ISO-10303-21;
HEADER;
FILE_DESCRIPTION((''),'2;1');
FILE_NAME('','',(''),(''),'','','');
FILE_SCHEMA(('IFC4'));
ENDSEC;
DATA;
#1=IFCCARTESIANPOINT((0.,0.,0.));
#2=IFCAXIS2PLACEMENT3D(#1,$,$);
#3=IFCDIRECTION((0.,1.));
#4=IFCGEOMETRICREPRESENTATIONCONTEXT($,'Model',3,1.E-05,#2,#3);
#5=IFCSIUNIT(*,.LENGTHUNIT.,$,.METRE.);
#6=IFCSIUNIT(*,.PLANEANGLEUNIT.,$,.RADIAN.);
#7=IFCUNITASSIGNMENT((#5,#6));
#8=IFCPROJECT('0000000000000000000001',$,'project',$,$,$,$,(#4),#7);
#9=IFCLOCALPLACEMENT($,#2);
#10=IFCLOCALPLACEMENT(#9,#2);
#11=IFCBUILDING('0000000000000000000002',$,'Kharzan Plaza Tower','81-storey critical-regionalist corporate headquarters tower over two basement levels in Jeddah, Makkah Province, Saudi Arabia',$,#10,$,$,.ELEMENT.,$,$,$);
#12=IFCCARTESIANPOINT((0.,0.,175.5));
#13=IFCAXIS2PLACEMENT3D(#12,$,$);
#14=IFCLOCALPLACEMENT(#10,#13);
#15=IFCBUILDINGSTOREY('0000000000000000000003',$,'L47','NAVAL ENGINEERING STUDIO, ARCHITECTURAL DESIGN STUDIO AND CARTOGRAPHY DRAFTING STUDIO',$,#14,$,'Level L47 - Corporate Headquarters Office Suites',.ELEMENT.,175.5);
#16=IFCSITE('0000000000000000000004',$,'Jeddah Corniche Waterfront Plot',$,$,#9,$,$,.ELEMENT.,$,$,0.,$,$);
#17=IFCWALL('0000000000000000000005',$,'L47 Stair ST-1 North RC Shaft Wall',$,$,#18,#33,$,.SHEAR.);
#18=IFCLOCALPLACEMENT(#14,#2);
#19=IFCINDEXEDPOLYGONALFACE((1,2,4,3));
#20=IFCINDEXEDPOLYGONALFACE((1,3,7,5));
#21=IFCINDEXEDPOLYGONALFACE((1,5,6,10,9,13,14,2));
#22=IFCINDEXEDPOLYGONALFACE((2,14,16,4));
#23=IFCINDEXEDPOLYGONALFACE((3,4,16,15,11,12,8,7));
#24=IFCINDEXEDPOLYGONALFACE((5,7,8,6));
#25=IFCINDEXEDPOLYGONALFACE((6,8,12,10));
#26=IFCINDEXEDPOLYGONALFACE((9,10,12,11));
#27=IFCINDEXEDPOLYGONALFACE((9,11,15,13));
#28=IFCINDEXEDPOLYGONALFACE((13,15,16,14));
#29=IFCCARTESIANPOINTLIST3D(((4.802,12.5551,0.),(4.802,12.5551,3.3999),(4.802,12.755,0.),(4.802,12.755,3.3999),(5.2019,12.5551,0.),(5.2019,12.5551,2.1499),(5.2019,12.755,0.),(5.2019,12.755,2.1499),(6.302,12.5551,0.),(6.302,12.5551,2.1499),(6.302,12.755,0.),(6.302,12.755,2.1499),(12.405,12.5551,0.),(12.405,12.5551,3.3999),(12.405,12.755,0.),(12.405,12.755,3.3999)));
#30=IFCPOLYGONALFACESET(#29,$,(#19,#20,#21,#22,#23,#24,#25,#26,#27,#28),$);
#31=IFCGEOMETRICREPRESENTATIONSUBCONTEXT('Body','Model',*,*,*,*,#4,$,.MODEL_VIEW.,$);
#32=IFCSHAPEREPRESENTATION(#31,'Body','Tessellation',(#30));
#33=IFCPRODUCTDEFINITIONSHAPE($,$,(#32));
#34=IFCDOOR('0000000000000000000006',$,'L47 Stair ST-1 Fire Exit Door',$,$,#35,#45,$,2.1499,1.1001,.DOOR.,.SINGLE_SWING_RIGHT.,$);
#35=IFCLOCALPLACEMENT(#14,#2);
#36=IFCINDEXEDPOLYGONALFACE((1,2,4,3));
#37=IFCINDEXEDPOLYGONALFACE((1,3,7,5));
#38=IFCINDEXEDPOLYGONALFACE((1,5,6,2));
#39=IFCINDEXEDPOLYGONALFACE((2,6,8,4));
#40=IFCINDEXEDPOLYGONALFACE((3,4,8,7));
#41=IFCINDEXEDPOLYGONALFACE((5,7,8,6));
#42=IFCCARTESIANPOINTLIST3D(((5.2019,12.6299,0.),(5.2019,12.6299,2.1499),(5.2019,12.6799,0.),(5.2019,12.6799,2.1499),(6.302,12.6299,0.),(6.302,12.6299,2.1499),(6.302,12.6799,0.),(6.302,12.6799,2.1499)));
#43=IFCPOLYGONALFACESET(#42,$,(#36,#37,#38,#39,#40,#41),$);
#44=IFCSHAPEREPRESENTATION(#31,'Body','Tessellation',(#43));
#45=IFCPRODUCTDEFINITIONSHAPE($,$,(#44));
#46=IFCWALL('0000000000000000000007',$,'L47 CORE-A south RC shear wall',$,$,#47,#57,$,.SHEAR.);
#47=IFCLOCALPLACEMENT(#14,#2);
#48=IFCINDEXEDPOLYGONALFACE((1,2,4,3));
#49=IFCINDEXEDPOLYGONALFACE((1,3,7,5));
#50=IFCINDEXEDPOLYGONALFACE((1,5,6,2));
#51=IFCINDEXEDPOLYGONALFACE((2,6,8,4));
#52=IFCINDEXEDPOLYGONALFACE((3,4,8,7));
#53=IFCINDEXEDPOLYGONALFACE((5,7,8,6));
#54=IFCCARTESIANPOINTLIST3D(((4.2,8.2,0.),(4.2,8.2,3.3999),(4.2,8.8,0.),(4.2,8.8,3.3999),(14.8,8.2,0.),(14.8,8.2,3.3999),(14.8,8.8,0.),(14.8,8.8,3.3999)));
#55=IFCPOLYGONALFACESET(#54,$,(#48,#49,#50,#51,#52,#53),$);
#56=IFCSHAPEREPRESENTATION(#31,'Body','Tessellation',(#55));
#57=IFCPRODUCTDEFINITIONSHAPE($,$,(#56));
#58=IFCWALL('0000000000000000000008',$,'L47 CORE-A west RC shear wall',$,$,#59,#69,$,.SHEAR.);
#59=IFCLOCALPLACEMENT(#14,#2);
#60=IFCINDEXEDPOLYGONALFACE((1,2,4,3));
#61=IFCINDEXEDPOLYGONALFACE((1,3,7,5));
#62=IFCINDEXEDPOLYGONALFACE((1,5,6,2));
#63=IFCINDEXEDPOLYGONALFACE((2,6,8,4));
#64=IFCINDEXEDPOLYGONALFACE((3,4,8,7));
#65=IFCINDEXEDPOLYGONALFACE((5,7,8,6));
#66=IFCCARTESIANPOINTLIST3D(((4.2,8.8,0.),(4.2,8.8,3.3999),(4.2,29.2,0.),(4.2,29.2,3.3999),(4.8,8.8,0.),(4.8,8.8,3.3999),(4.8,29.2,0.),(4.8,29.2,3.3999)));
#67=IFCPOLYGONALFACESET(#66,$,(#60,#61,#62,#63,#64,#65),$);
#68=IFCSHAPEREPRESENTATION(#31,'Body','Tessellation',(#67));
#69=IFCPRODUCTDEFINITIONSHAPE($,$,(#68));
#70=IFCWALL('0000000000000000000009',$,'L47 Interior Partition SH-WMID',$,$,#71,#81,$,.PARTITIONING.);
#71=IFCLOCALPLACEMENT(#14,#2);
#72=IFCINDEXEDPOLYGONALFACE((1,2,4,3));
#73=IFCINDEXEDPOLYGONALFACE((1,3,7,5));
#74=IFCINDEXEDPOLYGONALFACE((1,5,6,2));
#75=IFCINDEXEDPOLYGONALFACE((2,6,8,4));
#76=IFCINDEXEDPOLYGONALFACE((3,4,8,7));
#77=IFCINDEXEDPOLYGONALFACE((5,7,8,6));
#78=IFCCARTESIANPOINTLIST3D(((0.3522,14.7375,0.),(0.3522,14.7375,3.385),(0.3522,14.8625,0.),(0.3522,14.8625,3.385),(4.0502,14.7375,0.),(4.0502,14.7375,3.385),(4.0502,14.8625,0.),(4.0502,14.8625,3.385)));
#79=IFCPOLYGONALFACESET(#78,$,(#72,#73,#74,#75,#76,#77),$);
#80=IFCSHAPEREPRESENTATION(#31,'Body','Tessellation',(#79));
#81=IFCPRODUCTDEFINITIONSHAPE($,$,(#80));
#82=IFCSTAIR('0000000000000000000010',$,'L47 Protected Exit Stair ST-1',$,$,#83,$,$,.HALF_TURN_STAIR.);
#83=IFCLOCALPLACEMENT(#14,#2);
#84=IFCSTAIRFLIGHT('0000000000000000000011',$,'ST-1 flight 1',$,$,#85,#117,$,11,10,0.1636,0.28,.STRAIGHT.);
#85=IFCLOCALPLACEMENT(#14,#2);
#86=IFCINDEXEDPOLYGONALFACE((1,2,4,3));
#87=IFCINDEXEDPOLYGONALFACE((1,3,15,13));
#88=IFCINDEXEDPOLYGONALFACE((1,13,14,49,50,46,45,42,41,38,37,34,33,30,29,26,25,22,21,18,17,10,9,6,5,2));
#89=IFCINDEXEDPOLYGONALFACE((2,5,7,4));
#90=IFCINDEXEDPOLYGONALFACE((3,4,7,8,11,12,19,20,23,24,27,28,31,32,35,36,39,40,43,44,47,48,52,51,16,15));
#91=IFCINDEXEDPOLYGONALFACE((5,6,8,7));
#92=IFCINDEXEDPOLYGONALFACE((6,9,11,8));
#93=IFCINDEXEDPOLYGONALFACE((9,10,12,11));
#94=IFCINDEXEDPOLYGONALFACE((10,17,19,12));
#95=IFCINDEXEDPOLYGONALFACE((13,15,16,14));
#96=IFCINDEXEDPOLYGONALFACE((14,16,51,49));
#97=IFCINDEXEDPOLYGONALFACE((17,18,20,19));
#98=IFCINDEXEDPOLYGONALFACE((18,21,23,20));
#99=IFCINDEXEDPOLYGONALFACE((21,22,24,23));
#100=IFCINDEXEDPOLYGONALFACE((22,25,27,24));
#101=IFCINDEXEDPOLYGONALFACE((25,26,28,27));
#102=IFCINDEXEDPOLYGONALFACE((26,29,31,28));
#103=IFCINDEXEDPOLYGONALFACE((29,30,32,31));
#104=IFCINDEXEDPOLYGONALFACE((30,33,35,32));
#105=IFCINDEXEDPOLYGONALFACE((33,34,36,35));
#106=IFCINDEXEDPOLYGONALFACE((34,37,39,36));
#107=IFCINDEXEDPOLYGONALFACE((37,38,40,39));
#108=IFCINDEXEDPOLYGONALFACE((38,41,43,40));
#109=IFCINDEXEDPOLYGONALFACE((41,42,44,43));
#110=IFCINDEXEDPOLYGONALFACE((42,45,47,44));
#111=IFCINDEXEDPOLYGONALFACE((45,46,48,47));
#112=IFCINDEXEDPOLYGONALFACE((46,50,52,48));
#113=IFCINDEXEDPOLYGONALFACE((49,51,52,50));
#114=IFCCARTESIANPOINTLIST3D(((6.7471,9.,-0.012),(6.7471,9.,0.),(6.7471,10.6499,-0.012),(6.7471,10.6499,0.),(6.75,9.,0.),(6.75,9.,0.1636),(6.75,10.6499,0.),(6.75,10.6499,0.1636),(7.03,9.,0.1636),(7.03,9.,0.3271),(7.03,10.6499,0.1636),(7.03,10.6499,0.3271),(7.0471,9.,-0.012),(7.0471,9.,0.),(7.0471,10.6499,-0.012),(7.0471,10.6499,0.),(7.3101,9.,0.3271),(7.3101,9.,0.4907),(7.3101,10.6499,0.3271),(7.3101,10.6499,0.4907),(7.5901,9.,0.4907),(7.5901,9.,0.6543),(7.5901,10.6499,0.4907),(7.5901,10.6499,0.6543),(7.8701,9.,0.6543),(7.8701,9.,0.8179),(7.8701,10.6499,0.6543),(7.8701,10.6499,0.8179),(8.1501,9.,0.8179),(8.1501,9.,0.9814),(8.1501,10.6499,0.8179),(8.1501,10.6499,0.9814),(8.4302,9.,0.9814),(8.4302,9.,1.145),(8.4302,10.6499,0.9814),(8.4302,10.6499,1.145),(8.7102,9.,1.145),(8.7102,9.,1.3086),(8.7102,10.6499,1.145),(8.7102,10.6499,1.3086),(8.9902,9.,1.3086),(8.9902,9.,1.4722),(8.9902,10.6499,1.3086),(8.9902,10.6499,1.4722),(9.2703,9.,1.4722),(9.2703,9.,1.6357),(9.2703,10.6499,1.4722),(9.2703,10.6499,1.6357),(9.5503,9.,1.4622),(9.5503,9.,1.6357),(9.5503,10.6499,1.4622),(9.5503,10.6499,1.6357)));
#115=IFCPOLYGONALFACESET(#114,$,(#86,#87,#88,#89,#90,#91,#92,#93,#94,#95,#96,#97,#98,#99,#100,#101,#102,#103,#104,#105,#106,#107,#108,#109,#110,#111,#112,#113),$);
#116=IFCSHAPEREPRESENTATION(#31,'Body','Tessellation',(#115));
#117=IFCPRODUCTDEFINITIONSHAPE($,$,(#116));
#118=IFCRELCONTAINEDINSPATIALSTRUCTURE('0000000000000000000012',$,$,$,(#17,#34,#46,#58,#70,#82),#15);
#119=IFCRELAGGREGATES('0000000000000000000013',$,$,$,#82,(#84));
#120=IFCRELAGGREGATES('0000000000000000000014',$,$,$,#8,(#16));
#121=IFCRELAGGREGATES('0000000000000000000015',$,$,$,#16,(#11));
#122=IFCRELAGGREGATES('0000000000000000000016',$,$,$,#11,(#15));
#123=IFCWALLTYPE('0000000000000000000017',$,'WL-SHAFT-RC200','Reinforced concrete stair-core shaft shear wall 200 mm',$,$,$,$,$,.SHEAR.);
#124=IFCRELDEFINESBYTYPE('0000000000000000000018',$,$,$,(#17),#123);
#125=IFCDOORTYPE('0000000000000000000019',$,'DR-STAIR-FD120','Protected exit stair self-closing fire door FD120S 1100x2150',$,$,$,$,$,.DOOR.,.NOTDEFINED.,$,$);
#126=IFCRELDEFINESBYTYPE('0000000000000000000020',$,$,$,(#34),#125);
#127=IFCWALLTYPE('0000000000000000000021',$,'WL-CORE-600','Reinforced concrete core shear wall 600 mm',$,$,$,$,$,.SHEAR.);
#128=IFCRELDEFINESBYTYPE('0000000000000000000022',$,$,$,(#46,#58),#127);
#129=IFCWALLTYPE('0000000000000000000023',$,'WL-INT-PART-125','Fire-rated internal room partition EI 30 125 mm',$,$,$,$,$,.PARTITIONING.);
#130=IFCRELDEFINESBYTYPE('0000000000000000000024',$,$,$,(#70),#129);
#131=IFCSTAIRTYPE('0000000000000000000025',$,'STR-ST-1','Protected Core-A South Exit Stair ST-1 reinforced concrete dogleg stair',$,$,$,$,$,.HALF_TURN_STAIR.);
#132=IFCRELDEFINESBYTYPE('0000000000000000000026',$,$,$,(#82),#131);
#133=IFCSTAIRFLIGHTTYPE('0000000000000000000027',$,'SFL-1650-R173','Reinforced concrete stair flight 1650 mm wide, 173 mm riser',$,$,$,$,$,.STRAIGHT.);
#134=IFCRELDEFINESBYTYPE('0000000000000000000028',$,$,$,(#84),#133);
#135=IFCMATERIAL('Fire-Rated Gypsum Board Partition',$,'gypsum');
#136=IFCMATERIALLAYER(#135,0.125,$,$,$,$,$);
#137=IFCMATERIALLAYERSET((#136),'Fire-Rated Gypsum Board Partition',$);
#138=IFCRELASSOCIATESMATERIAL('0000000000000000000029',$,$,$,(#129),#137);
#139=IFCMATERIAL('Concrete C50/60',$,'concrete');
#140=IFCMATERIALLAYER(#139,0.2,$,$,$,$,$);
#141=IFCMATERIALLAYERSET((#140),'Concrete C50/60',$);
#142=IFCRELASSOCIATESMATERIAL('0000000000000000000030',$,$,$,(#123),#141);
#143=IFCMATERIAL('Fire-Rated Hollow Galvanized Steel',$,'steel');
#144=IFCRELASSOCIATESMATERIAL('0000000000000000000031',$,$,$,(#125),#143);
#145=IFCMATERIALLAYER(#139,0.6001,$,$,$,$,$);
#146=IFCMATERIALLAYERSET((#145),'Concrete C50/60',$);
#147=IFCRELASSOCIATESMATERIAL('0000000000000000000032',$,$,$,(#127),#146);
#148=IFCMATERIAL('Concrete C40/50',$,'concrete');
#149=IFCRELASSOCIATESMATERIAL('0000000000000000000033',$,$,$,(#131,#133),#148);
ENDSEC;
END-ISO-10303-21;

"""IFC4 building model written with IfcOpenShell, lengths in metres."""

from ifc_helpers import new_model, si_unit, direction, frame, frame_2d, origin, place, context, subcontext, project, spatial, polyline, rectangle, outline, extrude, source, transform, mapped, material, layer, layer_set, type_object, element, fill, aggregate, save


model = new_model("IFC4")

# Units and contexts
model_context = context("Model", 3, precision=1e-05, world=origin(), true_north=direction((0.0, 1.0)))
body_context = subcontext(model_context, "Body", "Model", "MODEL_VIEW")
ifc_project = project(units=[si_unit("LENGTHUNIT", "METRE"), si_unit("PLANEANGLEUNIT", "RADIAN")], contexts=[model_context])

# Site, building, storey
site_placement = place(None, origin())
site = spatial("IfcSite", under=ifc_project, at=site_placement, Name="Jeddah Corniche Waterfront Plot", CompositionType="ELEMENT", RefElevation=0.0)
building_placement = place(site_placement, origin())
building = spatial("IfcBuilding", under=site, at=building_placement, Name="Kharzan Plaza Tower", Description="81-storey critical-regionalist corporate headquarters tower over two basement levels in Jeddah, Makkah Province, Saudi Arabia", CompositionType="ELEMENT")
storey_placement = place(building_placement, frame((0.0, 0.0, 175.5)))
storey = spatial("IfcBuildingStorey", under=building, at=storey_placement, Name="L47", Description="NAVAL ENGINEERING STUDIO, ARCHITECTURAL DESIGN STUDIO AND CARTOGRAPHY DRAFTING STUDIO", LongName="Level L47 - Corporate Headquarters Office Suites", CompositionType="ELEMENT", Elevation=175.5)

# Shared definitions
ifc_material_1 = material(Name="Concrete C50/60", Category="concrete")

# Shared definitions
ifc_material_2 = material(Name="Concrete C40/50", Category="concrete")

# Wall, opening, door
ifc_material_3 = material(Name="Fire-Rated Gypsum Board Partition", Category="gypsum")
ifc_layer_1 = layer(ifc_material_3, 0.125)
ifc_layer_set_1 = layer_set([ifc_layer_1], Name="Fire-Rated Gypsum Board Partition")
wall_type_1 = type_object("IfcWallType", Name="WL-INT-PART-125", Description="Fire-rated internal room partition EI 30 125 mm", PredefinedType="PARTITIONING", material=ifc_layer_set_1)
ifc_layer_2 = layer(ifc_material_1, 0.2)
ifc_layer_set_2 = layer_set([ifc_layer_2], Name="Concrete C50/60")
wall_type_2 = type_object("IfcWallType", Name="WL-SHAFT-RC200", Description="Reinforced concrete stair-core shaft shear wall 200 mm", PredefinedType="SHEAR", material=ifc_layer_set_2)
wall_1_placement = place(storey_placement, frame((4.802, 12.655, 0.0), z_axis=(0.0, 0.0, 1.0), x_axis=(1.0, 0.0, 0.0)))
wall_1 = element("IfcWall", 1, at=wall_1_placement, inside=storey, type_object=wall_type_2, Name="L47 Stair ST-1 North RC Shaft Wall", PredefinedType="SHEAR", context=body_context, shape_type="SweptSolid", body=[
    extrude(rectangle(XDim=7.603, YDim=0.2, at=frame_2d((3.8015, 0.0))), origin(), (0.0, 0.0, 1.0), 3.3999),
])
opening_1_placement = place(wall_1_placement, frame((0.3999, 0.0, 0.0)))
opening_1 = element("IfcOpeningElement", 2, at=opening_1_placement, cuts=wall_1, PredefinedType="OPENING", context=body_context, shape_type="SweptSolid", body=[
    extrude(rectangle(XDim=1.1001, YDim=2.1499, at=frame_2d((0.55, 1.075))), frame((0.0, 0.1099, 0.0), z_axis=(0.0, -1.0, 0.0), x_axis=(1.0, 0.0, 0.0)), (0.0, 0.0, 1.0), 0.22),
])
ifc_material_4 = material(Name="Fire-Rated Hollow Galvanized Steel", Category="steel")
door_type_1 = type_object("IfcDoorType", Name="DR-STAIR-FD120", Description="Protected exit stair self-closing fire door FD120S 1100x2150", OperationType="NOTDEFINED", PredefinedType="DOOR", material=ifc_material_4)
shared_shape_1 = source(origin(), body_context, "Body", "SweptSolid", [
    extrude(rectangle(XDim=1.1001, YDim=2.1499, at=frame_2d((0.55, 1.075))), frame((0.0, 0.0249, 0.0), z_axis=(0.0, -1.0, 0.0), x_axis=(1.0, 0.0, 0.0)), (0.0, 0.0, 1.0), 0.05),
])
door_1_placement = place(opening_1_placement, origin())
door_1 = element("IfcDoor", 3, at=door_1_placement, inside=storey, type_object=door_type_1, Name="L47 Stair ST-1 Fire Exit Door", OperationType="SINGLE_SWING_RIGHT", OverallHeight=2.1499, OverallWidth=1.1001, PredefinedType="DOOR", context=body_context, shape_type="MappedRepresentation", body=[
    mapped(shared_shape_1, transform((0.0, 0.0, 0.0), x_axis=(1.0, 0.0, 0.0), y_axis=(0.0, 1.0, 0.0), z_axis=(0.0, 0.0, 1.0))),
])
fill(opening_1, door_1)

# Walls
ifc_layer_3 = layer(ifc_material_1, 0.6001)
ifc_layer_set_3 = layer_set([ifc_layer_3], Name="Concrete C50/60")
wall_type_3 = type_object("IfcWallType", Name="WL-CORE-600", Description="Reinforced concrete core shear wall 600 mm", PredefinedType="SHEAR", material=ifc_layer_set_3)
shared_shape_2 = source(origin(), body_context, "Body", "SweptSolid", [
    extrude(rectangle(XDim=10.6001, YDim=0.6001, at=frame_2d((5.3, 0.0))), origin(), (0.0, 0.0, 1.0), 3.3999),
])
wall_2_placement = place(storey_placement, frame((4.2, 8.5, 0.0), z_axis=(0.0, 0.0, 1.0), x_axis=(1.0, 0.0, 0.0)))
element("IfcWall", 4, at=wall_2_placement, inside=storey, type_object=wall_type_3, Name="L47 CORE-A south RC shear wall", PredefinedType="SHEAR", context=body_context, shape_type="MappedRepresentation", body=[
    mapped(shared_shape_2, transform((0.0, 0.0, 0.0), x_axis=(1.0, 0.0, 0.0), y_axis=(0.0, 1.0, 0.0), z_axis=(0.0, 0.0, 1.0))),
])
shared_shape_3 = source(origin(), body_context, "Body", "SweptSolid", [
    extrude(rectangle(XDim=20.3999, YDim=0.6001, at=frame_2d((10.2, 0.0))), origin(), (0.0, 0.0, 1.0), 3.3999),
])
wall_3_placement = place(storey_placement, frame((4.5, 8.8, 0.0), z_axis=(0.0, 0.0, 1.0), x_axis=(0.0, 1.0, 0.0)))
element("IfcWall", 5, at=wall_3_placement, inside=storey, type_object=wall_type_3, Name="L47 CORE-A west RC shear wall", PredefinedType="SHEAR", context=body_context, shape_type="MappedRepresentation", body=[
    mapped(shared_shape_3, transform((0.0, 0.0, 0.0), x_axis=(1.0, 0.0, 0.0), y_axis=(0.0, 1.0, 0.0), z_axis=(0.0, 0.0, 1.0))),
])
shared_shape_4 = source(origin(), body_context, "Body", "SweptSolid", [
    extrude(rectangle(XDim=3.698, YDim=0.125, at=frame_2d((1.8491, 0.0))), origin(), (0.0, 0.0, 1.0), 3.385),
])
wall_4_placement = place(storey_placement, frame((0.3521, 14.8, 0.0), z_axis=(0.0, 0.0, 1.0), x_axis=(1.0, 0.0, 0.0)))
element("IfcWall", 6, at=wall_4_placement, inside=storey, type_object=wall_type_1, Name="L47 Interior Partition SH-WMID", PredefinedType="PARTITIONING", context=body_context, shape_type="MappedRepresentation", body=[
    mapped(shared_shape_4, transform((0.0, 0.0, 0.0), x_axis=(1.0, 0.0, 0.0), y_axis=(0.0, 1.0, 0.0), z_axis=(0.0, 0.0, 1.0))),
])

# Stair, stair flight
stair_type = type_object("IfcStairType", Name="STR-ST-1", Description="Protected Core-A South Exit Stair ST-1 reinforced concrete dogleg stair", PredefinedType="HALF_TURN_STAIR", material=ifc_material_2)
stair_placement = place(storey_placement, origin())
stair = element("IfcStair", 7, at=stair_placement, inside=storey, type_object=stair_type, Name="L47 Protected Exit Stair ST-1", PredefinedType="HALF_TURN_STAIR")
stair_flight_type = type_object("IfcStairFlightType", Name="SFL-1650-R173", Description="Reinforced concrete stair flight 1650 mm wide, 173 mm riser", PredefinedType="STRAIGHT", material=ifc_material_2)
shared_shape_5 = source(origin(), body_context, "Body", "SweptSolid", [
    extrude(outline(polyline([(-0.0029, -0.012), (-0.0029, 0.0), (0.0, 0.0), (0.0, 0.1636), (0.28, 0.1636), (0.28, 0.3271), (0.5601, 0.3271), (0.5601, 0.4907), (0.8401, 0.4907), (0.8401, 0.6543), (1.1201, 0.6543), (1.1201, 0.8179), (1.4001, 0.8179), (1.4001, 0.9814), (1.6802, 0.9814), (1.6802, 1.145), (1.9602, 1.145), (1.9602, 1.3086), (2.2402, 1.3086), (2.2402, 1.4722), (2.5203, 1.4722), (2.5203, 1.6357), (2.8003, 1.6357), (2.8003, 1.7993), (2.8003, 1.4622), (0.2971, 0.0), (0.2971, -0.012), (-0.0029, -0.012)])), frame((0.0, 0.825, 0.0), z_axis=(0.0, -1.0, 0.0), x_axis=(1.0, 0.0, 0.0)), (0.0, 0.0, 1.0), 1.6499),
])
stair_flight_placement = place(storey_placement, frame((6.75, 9.825, 0.0), z_axis=(0.0, 0.0, 1.0), x_axis=(1.0, 0.0, 0.0)))
stair_flight = element("IfcStairFlight", 8, at=stair_flight_placement, type_object=stair_flight_type, Name="ST-1 flight 1", NumberOfRisers=11, NumberOfTreads=10, PredefinedType="STRAIGHT", RiserHeight=0.1636, TreadLength=0.28, context=body_context, shape_type="MappedRepresentation", body=[
    mapped(shared_shape_5, transform((0.0, 0.0, 0.0), x_axis=(1.0, 0.0, 0.0), y_axis=(0.0, 1.0, 0.0), z_axis=(0.0, 0.0, 1.0))),
])
aggregate(stair, [stair_flight])

save(model, "model.ifc")
